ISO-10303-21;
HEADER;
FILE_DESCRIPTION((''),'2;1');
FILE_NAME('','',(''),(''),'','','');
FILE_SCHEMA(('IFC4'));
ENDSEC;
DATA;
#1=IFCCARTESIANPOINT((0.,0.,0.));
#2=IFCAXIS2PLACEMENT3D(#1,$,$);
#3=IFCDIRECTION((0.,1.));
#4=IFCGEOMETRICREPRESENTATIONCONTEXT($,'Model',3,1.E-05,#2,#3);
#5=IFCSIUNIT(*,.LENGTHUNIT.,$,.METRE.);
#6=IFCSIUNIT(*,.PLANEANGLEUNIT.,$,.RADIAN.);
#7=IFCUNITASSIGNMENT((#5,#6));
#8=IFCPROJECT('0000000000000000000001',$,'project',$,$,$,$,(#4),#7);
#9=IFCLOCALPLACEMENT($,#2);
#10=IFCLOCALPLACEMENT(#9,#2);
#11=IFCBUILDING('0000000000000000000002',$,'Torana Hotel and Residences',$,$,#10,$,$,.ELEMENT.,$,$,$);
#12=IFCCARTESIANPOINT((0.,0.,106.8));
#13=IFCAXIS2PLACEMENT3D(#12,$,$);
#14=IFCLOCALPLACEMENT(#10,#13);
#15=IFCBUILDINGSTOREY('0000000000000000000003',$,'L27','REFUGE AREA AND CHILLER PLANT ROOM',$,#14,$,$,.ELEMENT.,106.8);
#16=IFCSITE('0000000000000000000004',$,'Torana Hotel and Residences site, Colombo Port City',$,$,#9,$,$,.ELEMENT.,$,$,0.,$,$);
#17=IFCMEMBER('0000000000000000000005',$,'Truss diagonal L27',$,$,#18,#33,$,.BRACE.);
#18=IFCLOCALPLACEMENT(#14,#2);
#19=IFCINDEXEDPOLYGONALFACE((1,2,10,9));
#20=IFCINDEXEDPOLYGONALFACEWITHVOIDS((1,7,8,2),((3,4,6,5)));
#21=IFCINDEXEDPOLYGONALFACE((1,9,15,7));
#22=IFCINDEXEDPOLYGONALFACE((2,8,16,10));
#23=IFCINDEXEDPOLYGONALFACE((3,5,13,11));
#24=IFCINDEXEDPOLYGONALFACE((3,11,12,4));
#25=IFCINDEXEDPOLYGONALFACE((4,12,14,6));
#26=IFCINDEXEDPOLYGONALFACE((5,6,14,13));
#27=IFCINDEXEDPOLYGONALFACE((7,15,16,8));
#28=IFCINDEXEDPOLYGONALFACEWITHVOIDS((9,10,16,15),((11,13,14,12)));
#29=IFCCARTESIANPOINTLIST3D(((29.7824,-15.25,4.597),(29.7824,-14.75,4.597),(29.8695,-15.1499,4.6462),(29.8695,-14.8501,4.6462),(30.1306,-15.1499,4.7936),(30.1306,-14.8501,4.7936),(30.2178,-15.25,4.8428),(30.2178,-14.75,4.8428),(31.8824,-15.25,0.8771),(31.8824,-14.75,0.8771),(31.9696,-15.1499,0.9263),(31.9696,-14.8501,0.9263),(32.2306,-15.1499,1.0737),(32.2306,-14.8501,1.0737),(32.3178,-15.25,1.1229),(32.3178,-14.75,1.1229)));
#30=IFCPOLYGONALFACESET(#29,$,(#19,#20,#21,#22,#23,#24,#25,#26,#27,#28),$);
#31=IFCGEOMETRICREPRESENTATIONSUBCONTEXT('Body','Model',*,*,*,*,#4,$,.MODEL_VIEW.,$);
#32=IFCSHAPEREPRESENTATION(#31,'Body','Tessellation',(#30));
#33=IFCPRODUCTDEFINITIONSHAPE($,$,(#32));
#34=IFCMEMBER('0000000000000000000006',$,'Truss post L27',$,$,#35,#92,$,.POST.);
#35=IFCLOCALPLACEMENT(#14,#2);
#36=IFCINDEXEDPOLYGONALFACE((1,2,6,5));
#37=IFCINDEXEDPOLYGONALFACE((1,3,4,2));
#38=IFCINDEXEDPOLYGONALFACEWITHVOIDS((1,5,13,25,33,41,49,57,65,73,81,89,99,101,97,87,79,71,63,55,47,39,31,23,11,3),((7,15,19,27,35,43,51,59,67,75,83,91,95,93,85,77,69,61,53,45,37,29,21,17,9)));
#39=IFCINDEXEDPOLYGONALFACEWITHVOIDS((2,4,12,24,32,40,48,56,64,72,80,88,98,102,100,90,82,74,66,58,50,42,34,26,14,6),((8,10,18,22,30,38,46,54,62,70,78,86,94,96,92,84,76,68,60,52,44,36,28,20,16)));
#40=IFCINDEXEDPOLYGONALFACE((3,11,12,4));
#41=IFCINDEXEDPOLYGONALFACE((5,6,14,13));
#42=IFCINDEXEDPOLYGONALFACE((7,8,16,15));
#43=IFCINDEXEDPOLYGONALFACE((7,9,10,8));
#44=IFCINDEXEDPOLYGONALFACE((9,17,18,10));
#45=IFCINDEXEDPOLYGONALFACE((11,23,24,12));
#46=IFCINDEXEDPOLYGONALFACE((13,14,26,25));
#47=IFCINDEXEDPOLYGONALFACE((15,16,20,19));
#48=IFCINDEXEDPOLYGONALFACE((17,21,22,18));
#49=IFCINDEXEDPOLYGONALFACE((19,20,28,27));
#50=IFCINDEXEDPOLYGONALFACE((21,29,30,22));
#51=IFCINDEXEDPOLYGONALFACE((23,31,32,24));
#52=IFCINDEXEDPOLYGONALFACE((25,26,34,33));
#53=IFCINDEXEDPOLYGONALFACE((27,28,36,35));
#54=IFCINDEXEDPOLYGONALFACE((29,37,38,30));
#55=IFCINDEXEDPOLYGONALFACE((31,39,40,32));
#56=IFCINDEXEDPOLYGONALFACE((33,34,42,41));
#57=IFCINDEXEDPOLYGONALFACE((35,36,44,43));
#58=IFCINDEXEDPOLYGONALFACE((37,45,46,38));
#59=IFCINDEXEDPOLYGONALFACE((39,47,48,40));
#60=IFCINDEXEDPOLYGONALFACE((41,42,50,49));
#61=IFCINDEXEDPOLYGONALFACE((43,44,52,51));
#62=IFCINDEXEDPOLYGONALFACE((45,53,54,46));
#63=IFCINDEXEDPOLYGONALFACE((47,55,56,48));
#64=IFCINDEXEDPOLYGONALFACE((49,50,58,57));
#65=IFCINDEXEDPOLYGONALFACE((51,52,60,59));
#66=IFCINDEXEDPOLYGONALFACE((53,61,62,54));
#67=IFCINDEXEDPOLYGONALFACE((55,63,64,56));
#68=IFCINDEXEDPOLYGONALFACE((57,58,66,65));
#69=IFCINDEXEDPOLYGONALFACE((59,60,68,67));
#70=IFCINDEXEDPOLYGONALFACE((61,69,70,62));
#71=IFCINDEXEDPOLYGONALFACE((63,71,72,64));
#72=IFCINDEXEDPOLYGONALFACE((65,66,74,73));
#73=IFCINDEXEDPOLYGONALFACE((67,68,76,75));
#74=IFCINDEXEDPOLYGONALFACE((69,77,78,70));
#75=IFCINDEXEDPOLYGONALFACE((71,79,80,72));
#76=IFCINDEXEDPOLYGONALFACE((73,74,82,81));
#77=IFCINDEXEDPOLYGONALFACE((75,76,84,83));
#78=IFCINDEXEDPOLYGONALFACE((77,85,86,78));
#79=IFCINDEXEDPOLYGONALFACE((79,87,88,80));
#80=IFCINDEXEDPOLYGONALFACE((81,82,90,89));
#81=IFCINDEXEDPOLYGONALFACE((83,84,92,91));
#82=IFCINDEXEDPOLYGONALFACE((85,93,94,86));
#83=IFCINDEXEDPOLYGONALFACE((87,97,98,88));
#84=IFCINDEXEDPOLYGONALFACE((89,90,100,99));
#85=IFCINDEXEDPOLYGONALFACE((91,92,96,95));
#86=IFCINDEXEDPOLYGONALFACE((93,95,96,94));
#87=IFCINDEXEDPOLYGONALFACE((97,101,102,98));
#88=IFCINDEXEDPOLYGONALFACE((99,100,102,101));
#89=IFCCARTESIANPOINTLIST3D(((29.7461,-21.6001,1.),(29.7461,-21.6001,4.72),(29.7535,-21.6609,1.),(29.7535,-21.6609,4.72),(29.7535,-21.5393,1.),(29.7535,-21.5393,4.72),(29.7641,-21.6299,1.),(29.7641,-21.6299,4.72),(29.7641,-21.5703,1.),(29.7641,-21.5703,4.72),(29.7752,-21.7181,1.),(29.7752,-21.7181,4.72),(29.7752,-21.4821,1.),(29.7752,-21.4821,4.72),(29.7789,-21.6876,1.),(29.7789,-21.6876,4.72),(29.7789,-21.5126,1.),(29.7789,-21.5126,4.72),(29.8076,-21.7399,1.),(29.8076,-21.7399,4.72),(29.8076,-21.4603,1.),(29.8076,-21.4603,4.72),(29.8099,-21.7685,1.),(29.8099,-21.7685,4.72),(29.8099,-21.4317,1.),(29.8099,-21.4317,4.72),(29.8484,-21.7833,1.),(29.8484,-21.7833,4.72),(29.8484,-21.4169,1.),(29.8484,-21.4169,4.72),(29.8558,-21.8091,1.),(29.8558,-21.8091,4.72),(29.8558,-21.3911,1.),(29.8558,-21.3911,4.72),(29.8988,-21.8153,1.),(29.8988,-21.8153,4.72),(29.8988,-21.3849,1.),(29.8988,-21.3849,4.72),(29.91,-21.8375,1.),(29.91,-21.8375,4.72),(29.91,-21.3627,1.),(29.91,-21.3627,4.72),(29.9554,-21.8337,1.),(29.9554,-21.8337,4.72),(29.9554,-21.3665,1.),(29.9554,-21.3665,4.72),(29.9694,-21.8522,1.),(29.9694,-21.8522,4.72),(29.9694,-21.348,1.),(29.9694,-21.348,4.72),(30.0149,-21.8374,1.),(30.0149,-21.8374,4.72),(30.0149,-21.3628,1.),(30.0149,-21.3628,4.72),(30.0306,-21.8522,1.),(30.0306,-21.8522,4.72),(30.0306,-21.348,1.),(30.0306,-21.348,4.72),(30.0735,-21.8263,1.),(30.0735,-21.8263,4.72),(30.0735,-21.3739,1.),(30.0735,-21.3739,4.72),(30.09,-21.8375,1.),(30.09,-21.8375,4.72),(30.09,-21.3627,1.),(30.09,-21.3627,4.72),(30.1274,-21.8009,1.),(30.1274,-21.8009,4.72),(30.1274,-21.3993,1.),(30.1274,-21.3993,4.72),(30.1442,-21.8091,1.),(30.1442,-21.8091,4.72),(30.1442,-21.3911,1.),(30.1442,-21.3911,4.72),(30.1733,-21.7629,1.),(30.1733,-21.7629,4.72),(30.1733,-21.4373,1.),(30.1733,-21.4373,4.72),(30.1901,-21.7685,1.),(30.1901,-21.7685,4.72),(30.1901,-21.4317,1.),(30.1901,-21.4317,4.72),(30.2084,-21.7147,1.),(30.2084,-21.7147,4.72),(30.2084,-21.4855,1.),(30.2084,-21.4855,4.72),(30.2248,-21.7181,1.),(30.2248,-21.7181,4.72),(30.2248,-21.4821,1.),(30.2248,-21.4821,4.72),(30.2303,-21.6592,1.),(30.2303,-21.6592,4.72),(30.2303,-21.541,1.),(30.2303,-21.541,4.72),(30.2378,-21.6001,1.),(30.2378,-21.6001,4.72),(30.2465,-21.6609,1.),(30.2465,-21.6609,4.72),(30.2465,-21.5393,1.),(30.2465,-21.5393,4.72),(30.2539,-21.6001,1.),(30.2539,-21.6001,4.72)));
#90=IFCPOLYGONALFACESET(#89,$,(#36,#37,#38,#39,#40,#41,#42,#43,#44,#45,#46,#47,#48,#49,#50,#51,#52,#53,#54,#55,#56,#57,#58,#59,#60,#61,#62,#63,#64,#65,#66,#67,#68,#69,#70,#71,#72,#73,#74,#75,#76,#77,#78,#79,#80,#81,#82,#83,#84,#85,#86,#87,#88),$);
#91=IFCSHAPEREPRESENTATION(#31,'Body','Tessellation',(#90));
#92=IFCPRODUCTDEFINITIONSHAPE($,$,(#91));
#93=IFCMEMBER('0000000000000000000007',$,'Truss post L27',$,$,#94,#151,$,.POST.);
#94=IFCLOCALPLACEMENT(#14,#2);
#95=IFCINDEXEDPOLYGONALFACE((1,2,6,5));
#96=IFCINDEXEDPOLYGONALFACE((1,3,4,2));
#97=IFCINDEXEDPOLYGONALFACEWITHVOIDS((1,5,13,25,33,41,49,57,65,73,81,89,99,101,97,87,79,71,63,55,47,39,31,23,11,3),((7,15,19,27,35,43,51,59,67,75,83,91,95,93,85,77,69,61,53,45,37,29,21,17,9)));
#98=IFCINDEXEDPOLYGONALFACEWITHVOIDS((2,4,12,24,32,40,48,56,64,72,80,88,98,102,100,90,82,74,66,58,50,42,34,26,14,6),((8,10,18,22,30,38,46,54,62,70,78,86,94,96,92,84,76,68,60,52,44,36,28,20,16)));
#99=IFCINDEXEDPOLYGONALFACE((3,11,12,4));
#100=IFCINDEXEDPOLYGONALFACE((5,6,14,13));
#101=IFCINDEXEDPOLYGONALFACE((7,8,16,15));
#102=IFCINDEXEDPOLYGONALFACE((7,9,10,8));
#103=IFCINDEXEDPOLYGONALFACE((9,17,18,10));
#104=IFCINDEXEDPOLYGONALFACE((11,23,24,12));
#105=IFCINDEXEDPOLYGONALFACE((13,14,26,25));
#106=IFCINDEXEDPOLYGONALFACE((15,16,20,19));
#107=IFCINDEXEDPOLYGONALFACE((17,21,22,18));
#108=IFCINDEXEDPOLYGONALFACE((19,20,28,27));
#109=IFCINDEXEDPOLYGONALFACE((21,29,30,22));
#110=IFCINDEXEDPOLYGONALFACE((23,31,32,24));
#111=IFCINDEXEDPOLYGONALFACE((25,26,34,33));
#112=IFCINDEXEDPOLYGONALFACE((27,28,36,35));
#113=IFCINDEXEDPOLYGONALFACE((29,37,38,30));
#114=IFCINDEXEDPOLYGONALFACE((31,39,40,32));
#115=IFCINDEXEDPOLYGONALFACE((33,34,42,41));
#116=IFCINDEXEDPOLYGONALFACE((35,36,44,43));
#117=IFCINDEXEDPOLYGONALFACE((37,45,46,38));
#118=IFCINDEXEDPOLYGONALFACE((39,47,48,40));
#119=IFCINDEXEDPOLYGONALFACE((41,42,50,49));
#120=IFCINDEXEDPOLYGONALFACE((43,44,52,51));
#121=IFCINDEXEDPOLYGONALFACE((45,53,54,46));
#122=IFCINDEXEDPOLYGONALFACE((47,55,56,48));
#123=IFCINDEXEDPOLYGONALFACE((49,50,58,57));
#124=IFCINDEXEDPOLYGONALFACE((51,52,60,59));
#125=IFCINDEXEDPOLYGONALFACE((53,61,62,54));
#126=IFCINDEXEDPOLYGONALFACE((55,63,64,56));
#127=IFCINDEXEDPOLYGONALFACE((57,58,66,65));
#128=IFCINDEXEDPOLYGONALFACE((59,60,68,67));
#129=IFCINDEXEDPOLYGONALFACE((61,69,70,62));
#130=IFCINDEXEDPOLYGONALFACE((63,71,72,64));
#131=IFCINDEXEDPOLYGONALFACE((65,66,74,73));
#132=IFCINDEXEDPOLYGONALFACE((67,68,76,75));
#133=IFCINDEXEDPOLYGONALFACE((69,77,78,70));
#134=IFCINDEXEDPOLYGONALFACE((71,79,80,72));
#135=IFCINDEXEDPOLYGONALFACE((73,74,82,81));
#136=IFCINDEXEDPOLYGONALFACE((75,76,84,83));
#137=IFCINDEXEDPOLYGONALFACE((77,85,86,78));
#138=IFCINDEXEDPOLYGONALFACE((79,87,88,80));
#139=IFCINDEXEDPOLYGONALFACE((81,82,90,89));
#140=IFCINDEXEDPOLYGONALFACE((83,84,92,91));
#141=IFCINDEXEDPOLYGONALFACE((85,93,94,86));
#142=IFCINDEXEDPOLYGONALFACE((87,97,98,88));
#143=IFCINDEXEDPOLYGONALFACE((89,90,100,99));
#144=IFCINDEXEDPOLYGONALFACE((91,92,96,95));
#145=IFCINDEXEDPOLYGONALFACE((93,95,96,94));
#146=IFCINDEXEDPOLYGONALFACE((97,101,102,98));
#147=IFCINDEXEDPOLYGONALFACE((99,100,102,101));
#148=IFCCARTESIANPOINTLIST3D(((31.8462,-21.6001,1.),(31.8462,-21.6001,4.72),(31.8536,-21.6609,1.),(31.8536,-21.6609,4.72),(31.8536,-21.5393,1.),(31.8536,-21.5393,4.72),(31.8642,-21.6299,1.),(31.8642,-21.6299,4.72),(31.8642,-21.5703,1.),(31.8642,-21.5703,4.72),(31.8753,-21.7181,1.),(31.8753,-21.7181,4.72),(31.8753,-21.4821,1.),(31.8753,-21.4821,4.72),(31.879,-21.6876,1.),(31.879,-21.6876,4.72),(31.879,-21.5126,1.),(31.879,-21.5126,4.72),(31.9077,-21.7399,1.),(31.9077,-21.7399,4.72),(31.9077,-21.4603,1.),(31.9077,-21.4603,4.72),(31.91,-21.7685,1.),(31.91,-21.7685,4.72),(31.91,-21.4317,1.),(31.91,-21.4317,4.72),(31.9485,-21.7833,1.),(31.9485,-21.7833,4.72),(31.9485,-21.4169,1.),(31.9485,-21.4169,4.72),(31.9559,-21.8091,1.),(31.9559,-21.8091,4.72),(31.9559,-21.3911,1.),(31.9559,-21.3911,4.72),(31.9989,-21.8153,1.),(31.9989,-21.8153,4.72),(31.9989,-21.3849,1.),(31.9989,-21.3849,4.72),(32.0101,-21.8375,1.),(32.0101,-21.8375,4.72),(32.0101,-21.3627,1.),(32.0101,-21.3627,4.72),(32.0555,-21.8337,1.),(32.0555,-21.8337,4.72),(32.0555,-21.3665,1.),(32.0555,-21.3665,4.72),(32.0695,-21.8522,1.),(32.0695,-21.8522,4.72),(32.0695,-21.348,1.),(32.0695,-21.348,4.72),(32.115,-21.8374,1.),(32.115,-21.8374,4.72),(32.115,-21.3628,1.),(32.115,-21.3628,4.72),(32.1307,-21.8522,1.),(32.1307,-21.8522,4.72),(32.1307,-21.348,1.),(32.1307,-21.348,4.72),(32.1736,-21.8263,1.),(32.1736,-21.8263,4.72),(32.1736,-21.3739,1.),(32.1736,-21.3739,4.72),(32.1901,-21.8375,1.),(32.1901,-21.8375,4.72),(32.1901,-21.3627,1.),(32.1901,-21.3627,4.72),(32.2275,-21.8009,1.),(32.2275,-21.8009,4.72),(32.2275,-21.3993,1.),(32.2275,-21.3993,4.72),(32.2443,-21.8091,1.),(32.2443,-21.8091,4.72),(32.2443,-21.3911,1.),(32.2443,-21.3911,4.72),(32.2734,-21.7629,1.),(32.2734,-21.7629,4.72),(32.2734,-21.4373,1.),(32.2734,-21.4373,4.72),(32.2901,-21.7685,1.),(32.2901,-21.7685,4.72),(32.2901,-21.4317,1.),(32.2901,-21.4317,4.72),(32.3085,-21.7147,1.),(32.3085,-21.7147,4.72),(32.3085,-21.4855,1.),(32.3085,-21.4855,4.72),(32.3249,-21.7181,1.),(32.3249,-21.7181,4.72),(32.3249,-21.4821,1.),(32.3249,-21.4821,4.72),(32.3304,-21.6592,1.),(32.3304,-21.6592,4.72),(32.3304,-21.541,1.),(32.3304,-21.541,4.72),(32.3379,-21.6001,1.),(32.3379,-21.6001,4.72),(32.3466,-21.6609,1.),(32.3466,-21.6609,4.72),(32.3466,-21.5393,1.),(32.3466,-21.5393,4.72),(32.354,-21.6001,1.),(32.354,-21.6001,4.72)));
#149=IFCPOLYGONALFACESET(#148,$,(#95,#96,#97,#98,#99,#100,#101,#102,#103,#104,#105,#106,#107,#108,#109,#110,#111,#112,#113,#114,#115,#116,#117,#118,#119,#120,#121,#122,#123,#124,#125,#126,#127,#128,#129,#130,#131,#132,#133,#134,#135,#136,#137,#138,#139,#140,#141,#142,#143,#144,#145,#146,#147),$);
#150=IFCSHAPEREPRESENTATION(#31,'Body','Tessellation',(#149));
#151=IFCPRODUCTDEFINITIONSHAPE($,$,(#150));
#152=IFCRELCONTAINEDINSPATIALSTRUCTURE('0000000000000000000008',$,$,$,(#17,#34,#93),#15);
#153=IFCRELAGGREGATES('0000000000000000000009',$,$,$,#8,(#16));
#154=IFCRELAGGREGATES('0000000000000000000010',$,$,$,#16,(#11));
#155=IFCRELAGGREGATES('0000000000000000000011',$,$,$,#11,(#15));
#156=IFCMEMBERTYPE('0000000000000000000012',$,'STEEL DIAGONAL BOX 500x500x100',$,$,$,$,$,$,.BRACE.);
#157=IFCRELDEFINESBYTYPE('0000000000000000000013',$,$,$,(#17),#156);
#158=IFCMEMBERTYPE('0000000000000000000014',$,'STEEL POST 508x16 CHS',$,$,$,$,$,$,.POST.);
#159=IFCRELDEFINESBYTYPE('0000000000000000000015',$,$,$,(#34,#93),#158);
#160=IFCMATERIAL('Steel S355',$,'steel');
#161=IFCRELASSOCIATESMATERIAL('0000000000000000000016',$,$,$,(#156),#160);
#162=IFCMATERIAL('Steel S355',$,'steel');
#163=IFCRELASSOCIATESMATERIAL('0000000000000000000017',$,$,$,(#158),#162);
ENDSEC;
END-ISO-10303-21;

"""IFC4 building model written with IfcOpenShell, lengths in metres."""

from ifc_helpers import new_model, si_unit, direction, frame, origin, origin_2d, place, context, subcontext, project, spatial, hollow_rectangle, hollow_circle, extrude, material, material_profile, profile_set, type_object, element, save


model = new_model("IFC4")

# Units and contexts
model_context = context("Model", 3, precision=1e-05, world=origin(), true_north=direction((0.0, 1.0)))
body_context = subcontext(model_context, "Body", "Model", "MODEL_VIEW")
ifc_project = project(units=[si_unit("LENGTHUNIT", "METRE"), si_unit("PLANEANGLEUNIT", "RADIAN")], contexts=[model_context])

# Site, building, storey
site_placement = place(None, origin())
site = spatial("IfcSite", under=ifc_project, at=site_placement, Name="Torana Hotel and Residences site, Colombo Port City", CompositionType="ELEMENT", RefElevation=0.0)
building_placement = place(site_placement, origin())
building = spatial("IfcBuilding", under=site, at=building_placement, Name="Torana Hotel and Residences", CompositionType="ELEMENT")
storey_placement = place(building_placement, frame((0.0, 0.0, 106.8)))
storey = spatial("IfcBuildingStorey", under=building, at=storey_placement, Name="L27", Description="REFUGE AREA AND CHILLER PLANT ROOM", CompositionType="ELEMENT", Elevation=106.8)

# Members
ifc_material_1 = material(Name="Steel S355", Category="steel")
ifc_material_profile_1 = material_profile(ifc_material_1, hollow_rectangle(XDim=0.5, YDim=0.5, WallThickness=0.1001, at=origin_2d()), Name="BOX 500x500x100")
ifc_profile_set_1 = profile_set([ifc_material_profile_1], Name="Steel S355")
member_type_1 = type_object("IfcMemberType", Name="STEEL DIAGONAL BOX 500x500x100", PredefinedType="BRACE", material=ifc_profile_set_1)
for number, where, z_axis, x_axis, name in (
    (1, (32.1001, -15.0, 1.0), (-0.491615, 0.0, 0.870813), (0.0, -1.0, 0.0), "Truss diagonal L27"),
):
    element("IfcMember", number, at=place(storey_placement, frame(where, z_axis=z_axis, x_axis=x_axis)), inside=storey, type_object=member_type_1, Name=name, PredefinedType="BRACE", context=body_context, shape_type="SweptSolid", body=[
        extrude(hollow_rectangle(XDim=0.5, YDim=0.5, WallThickness=0.1001, at=origin_2d()), origin(), (0.0, 0.0, 1.0), 4.2717),
    ])
ifc_material_2 = material(Name="Steel S355", Category="steel")
ifc_material_profile_2 = material_profile(ifc_material_2, hollow_circle(Radius=0.2539, WallThickness=0.0161, at=origin_2d()), Name="508x16 CHS")
ifc_profile_set_2 = profile_set([ifc_material_profile_2], Name="Steel S355")
member_type_2 = type_object("IfcMemberType", Name="STEEL POST 508x16 CHS", PredefinedType="POST", material=ifc_profile_set_2)
for number, where, z_axis, x_axis, name in (
    (2, (30.0, -21.6001, 1.0), (0.0, 0.0, 1.0), (1.0, 0.0, 0.0), "Truss post L27"),
    (3, (32.1001, -21.6001, 1.0), (0.0, 0.0, 1.0), (1.0, 0.0, 0.0), "Truss post L27"),
):
    element("IfcMember", number, at=place(storey_placement, frame(where, z_axis=z_axis, x_axis=x_axis)), inside=storey, type_object=member_type_2, Name=name, PredefinedType="POST", context=body_context, shape_type="SweptSolid", body=[
        extrude(hollow_circle(Radius=0.2539, WallThickness=0.0161, at=origin_2d()), origin(), (0.0, 0.0, 1.0), 3.72),
    ])

save(model, "model.ifc")
